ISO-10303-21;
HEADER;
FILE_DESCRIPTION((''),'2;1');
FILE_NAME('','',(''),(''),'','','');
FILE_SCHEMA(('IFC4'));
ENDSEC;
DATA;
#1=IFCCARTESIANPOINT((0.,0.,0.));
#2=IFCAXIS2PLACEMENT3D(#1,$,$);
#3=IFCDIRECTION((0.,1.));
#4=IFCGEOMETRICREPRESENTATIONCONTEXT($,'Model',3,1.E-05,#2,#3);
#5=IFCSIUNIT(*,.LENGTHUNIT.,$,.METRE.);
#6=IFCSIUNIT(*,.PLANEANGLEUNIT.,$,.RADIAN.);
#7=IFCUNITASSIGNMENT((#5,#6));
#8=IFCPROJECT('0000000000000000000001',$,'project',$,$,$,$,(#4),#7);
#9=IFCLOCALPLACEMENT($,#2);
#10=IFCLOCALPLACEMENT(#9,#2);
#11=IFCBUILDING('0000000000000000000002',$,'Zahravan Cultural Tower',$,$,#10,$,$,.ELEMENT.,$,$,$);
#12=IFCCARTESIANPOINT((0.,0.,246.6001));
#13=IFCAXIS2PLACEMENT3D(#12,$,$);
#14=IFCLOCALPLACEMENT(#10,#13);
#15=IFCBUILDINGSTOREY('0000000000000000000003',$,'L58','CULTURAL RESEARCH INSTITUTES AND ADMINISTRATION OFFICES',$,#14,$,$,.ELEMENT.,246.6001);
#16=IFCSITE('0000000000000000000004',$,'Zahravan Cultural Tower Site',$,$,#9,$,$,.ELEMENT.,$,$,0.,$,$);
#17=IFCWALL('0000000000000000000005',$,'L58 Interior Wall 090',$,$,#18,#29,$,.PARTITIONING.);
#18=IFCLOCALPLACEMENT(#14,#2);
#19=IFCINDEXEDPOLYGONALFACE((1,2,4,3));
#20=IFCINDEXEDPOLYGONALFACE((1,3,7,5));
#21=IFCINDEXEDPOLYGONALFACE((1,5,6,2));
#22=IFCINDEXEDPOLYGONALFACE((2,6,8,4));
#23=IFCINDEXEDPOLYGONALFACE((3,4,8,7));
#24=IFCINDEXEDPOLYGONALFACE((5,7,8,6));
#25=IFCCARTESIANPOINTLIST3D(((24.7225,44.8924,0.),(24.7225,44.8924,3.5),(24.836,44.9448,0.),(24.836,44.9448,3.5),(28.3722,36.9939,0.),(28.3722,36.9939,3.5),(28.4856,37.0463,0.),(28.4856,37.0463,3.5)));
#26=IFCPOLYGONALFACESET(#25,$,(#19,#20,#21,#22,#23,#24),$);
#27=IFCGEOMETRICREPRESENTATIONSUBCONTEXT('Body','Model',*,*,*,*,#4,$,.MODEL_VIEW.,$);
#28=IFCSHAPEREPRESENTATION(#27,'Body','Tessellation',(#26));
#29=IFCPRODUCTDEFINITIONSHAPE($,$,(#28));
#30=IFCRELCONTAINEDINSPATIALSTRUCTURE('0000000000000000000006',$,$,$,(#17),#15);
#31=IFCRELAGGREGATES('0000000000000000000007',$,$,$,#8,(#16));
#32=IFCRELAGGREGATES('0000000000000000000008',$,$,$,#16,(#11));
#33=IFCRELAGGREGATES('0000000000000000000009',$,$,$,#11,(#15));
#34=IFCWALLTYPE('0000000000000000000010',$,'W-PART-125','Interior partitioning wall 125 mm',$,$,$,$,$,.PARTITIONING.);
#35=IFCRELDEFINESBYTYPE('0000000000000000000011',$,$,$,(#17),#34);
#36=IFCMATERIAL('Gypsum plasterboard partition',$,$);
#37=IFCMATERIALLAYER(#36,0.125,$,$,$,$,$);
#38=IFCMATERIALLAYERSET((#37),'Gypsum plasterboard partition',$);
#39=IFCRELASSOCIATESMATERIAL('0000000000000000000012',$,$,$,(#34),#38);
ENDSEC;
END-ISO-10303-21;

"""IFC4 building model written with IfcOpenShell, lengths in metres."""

from ifc_helpers import new_model, si_unit, direction, frame, frame_2d, origin, place, context, subcontext, project, spatial, rectangle, extrude, source, transform, mapped, material, layer, layer_set, type_object, element, save


model = new_model("IFC4")

# Units and contexts
model_context = context("Model", 3, precision=1e-05, world=origin(), true_north=direction((0.0, 1.0)))
body_context = subcontext(model_context, "Body", "Model", "MODEL_VIEW")
ifc_project = project(units=[si_unit("LENGTHUNIT", "METRE"), si_unit("PLANEANGLEUNIT", "RADIAN")], contexts=[model_context])

# Site, building, storey
site_placement = place(None, origin())
site = spatial("IfcSite", under=ifc_project, at=site_placement, Name="Zahravan Cultural Tower Site", CompositionType="ELEMENT", RefElevation=0.0)
building_placement = place(site_placement, origin())
building = spatial("IfcBuilding", under=site, at=building_placement, Name="Zahravan Cultural Tower", CompositionType="ELEMENT")
storey_placement = place(building_placement, frame((0.0, 0.0, 246.6001)))
storey = spatial("IfcBuildingStorey", under=building, at=storey_placement, Name="L58", Description="CULTURAL RESEARCH INSTITUTES AND ADMINISTRATION OFFICES", CompositionType="ELEMENT", Elevation=246.6001)

# Shared definitions
ifc_material_1 = material(Name="Gypsum plasterboard partition")
ifc_layer_1 = layer(ifc_material_1, 0.125)
ifc_layer_set_1 = layer_set([ifc_layer_1], Name="Gypsum plasterboard partition")
wall_type_1 = type_object("IfcWallType", Name="W-PART-125", Description="Interior partitioning wall 125 mm", PredefinedType="PARTITIONING", material=ifc_layer_set_1)

# Wall
shared_shape_1 = source(origin(), body_context, "Body", "SweptSolid", [
    extrude(rectangle(XDim=8.7009, YDim=0.125, at=frame_2d((4.3506, 0.0))), origin(), (0.0, 0.0, 1.0), 3.5),
])
wall_1_placement = place(storey_placement, frame((28.429, 37.02, 0.0), z_axis=(0.0, 0.0, 1.0), x_axis=(-0.419458, 0.907775, 0.0)))
element("IfcWall", 1, at=wall_1_placement, inside=storey, type_object=wall_type_1, Name="L58 Interior Wall 090", PredefinedType="PARTITIONING", context=body_context, shape_type="MappedRepresentation", body=[
    mapped(shared_shape_1, transform((0.0, 0.0, 0.0), x_axis=(1.0, 0.0, 0.0), y_axis=(0.0, 1.0, 0.0), z_axis=(0.0, 0.0, 1.0), scale=1.0)),
])

save(model, "model.ifc")
